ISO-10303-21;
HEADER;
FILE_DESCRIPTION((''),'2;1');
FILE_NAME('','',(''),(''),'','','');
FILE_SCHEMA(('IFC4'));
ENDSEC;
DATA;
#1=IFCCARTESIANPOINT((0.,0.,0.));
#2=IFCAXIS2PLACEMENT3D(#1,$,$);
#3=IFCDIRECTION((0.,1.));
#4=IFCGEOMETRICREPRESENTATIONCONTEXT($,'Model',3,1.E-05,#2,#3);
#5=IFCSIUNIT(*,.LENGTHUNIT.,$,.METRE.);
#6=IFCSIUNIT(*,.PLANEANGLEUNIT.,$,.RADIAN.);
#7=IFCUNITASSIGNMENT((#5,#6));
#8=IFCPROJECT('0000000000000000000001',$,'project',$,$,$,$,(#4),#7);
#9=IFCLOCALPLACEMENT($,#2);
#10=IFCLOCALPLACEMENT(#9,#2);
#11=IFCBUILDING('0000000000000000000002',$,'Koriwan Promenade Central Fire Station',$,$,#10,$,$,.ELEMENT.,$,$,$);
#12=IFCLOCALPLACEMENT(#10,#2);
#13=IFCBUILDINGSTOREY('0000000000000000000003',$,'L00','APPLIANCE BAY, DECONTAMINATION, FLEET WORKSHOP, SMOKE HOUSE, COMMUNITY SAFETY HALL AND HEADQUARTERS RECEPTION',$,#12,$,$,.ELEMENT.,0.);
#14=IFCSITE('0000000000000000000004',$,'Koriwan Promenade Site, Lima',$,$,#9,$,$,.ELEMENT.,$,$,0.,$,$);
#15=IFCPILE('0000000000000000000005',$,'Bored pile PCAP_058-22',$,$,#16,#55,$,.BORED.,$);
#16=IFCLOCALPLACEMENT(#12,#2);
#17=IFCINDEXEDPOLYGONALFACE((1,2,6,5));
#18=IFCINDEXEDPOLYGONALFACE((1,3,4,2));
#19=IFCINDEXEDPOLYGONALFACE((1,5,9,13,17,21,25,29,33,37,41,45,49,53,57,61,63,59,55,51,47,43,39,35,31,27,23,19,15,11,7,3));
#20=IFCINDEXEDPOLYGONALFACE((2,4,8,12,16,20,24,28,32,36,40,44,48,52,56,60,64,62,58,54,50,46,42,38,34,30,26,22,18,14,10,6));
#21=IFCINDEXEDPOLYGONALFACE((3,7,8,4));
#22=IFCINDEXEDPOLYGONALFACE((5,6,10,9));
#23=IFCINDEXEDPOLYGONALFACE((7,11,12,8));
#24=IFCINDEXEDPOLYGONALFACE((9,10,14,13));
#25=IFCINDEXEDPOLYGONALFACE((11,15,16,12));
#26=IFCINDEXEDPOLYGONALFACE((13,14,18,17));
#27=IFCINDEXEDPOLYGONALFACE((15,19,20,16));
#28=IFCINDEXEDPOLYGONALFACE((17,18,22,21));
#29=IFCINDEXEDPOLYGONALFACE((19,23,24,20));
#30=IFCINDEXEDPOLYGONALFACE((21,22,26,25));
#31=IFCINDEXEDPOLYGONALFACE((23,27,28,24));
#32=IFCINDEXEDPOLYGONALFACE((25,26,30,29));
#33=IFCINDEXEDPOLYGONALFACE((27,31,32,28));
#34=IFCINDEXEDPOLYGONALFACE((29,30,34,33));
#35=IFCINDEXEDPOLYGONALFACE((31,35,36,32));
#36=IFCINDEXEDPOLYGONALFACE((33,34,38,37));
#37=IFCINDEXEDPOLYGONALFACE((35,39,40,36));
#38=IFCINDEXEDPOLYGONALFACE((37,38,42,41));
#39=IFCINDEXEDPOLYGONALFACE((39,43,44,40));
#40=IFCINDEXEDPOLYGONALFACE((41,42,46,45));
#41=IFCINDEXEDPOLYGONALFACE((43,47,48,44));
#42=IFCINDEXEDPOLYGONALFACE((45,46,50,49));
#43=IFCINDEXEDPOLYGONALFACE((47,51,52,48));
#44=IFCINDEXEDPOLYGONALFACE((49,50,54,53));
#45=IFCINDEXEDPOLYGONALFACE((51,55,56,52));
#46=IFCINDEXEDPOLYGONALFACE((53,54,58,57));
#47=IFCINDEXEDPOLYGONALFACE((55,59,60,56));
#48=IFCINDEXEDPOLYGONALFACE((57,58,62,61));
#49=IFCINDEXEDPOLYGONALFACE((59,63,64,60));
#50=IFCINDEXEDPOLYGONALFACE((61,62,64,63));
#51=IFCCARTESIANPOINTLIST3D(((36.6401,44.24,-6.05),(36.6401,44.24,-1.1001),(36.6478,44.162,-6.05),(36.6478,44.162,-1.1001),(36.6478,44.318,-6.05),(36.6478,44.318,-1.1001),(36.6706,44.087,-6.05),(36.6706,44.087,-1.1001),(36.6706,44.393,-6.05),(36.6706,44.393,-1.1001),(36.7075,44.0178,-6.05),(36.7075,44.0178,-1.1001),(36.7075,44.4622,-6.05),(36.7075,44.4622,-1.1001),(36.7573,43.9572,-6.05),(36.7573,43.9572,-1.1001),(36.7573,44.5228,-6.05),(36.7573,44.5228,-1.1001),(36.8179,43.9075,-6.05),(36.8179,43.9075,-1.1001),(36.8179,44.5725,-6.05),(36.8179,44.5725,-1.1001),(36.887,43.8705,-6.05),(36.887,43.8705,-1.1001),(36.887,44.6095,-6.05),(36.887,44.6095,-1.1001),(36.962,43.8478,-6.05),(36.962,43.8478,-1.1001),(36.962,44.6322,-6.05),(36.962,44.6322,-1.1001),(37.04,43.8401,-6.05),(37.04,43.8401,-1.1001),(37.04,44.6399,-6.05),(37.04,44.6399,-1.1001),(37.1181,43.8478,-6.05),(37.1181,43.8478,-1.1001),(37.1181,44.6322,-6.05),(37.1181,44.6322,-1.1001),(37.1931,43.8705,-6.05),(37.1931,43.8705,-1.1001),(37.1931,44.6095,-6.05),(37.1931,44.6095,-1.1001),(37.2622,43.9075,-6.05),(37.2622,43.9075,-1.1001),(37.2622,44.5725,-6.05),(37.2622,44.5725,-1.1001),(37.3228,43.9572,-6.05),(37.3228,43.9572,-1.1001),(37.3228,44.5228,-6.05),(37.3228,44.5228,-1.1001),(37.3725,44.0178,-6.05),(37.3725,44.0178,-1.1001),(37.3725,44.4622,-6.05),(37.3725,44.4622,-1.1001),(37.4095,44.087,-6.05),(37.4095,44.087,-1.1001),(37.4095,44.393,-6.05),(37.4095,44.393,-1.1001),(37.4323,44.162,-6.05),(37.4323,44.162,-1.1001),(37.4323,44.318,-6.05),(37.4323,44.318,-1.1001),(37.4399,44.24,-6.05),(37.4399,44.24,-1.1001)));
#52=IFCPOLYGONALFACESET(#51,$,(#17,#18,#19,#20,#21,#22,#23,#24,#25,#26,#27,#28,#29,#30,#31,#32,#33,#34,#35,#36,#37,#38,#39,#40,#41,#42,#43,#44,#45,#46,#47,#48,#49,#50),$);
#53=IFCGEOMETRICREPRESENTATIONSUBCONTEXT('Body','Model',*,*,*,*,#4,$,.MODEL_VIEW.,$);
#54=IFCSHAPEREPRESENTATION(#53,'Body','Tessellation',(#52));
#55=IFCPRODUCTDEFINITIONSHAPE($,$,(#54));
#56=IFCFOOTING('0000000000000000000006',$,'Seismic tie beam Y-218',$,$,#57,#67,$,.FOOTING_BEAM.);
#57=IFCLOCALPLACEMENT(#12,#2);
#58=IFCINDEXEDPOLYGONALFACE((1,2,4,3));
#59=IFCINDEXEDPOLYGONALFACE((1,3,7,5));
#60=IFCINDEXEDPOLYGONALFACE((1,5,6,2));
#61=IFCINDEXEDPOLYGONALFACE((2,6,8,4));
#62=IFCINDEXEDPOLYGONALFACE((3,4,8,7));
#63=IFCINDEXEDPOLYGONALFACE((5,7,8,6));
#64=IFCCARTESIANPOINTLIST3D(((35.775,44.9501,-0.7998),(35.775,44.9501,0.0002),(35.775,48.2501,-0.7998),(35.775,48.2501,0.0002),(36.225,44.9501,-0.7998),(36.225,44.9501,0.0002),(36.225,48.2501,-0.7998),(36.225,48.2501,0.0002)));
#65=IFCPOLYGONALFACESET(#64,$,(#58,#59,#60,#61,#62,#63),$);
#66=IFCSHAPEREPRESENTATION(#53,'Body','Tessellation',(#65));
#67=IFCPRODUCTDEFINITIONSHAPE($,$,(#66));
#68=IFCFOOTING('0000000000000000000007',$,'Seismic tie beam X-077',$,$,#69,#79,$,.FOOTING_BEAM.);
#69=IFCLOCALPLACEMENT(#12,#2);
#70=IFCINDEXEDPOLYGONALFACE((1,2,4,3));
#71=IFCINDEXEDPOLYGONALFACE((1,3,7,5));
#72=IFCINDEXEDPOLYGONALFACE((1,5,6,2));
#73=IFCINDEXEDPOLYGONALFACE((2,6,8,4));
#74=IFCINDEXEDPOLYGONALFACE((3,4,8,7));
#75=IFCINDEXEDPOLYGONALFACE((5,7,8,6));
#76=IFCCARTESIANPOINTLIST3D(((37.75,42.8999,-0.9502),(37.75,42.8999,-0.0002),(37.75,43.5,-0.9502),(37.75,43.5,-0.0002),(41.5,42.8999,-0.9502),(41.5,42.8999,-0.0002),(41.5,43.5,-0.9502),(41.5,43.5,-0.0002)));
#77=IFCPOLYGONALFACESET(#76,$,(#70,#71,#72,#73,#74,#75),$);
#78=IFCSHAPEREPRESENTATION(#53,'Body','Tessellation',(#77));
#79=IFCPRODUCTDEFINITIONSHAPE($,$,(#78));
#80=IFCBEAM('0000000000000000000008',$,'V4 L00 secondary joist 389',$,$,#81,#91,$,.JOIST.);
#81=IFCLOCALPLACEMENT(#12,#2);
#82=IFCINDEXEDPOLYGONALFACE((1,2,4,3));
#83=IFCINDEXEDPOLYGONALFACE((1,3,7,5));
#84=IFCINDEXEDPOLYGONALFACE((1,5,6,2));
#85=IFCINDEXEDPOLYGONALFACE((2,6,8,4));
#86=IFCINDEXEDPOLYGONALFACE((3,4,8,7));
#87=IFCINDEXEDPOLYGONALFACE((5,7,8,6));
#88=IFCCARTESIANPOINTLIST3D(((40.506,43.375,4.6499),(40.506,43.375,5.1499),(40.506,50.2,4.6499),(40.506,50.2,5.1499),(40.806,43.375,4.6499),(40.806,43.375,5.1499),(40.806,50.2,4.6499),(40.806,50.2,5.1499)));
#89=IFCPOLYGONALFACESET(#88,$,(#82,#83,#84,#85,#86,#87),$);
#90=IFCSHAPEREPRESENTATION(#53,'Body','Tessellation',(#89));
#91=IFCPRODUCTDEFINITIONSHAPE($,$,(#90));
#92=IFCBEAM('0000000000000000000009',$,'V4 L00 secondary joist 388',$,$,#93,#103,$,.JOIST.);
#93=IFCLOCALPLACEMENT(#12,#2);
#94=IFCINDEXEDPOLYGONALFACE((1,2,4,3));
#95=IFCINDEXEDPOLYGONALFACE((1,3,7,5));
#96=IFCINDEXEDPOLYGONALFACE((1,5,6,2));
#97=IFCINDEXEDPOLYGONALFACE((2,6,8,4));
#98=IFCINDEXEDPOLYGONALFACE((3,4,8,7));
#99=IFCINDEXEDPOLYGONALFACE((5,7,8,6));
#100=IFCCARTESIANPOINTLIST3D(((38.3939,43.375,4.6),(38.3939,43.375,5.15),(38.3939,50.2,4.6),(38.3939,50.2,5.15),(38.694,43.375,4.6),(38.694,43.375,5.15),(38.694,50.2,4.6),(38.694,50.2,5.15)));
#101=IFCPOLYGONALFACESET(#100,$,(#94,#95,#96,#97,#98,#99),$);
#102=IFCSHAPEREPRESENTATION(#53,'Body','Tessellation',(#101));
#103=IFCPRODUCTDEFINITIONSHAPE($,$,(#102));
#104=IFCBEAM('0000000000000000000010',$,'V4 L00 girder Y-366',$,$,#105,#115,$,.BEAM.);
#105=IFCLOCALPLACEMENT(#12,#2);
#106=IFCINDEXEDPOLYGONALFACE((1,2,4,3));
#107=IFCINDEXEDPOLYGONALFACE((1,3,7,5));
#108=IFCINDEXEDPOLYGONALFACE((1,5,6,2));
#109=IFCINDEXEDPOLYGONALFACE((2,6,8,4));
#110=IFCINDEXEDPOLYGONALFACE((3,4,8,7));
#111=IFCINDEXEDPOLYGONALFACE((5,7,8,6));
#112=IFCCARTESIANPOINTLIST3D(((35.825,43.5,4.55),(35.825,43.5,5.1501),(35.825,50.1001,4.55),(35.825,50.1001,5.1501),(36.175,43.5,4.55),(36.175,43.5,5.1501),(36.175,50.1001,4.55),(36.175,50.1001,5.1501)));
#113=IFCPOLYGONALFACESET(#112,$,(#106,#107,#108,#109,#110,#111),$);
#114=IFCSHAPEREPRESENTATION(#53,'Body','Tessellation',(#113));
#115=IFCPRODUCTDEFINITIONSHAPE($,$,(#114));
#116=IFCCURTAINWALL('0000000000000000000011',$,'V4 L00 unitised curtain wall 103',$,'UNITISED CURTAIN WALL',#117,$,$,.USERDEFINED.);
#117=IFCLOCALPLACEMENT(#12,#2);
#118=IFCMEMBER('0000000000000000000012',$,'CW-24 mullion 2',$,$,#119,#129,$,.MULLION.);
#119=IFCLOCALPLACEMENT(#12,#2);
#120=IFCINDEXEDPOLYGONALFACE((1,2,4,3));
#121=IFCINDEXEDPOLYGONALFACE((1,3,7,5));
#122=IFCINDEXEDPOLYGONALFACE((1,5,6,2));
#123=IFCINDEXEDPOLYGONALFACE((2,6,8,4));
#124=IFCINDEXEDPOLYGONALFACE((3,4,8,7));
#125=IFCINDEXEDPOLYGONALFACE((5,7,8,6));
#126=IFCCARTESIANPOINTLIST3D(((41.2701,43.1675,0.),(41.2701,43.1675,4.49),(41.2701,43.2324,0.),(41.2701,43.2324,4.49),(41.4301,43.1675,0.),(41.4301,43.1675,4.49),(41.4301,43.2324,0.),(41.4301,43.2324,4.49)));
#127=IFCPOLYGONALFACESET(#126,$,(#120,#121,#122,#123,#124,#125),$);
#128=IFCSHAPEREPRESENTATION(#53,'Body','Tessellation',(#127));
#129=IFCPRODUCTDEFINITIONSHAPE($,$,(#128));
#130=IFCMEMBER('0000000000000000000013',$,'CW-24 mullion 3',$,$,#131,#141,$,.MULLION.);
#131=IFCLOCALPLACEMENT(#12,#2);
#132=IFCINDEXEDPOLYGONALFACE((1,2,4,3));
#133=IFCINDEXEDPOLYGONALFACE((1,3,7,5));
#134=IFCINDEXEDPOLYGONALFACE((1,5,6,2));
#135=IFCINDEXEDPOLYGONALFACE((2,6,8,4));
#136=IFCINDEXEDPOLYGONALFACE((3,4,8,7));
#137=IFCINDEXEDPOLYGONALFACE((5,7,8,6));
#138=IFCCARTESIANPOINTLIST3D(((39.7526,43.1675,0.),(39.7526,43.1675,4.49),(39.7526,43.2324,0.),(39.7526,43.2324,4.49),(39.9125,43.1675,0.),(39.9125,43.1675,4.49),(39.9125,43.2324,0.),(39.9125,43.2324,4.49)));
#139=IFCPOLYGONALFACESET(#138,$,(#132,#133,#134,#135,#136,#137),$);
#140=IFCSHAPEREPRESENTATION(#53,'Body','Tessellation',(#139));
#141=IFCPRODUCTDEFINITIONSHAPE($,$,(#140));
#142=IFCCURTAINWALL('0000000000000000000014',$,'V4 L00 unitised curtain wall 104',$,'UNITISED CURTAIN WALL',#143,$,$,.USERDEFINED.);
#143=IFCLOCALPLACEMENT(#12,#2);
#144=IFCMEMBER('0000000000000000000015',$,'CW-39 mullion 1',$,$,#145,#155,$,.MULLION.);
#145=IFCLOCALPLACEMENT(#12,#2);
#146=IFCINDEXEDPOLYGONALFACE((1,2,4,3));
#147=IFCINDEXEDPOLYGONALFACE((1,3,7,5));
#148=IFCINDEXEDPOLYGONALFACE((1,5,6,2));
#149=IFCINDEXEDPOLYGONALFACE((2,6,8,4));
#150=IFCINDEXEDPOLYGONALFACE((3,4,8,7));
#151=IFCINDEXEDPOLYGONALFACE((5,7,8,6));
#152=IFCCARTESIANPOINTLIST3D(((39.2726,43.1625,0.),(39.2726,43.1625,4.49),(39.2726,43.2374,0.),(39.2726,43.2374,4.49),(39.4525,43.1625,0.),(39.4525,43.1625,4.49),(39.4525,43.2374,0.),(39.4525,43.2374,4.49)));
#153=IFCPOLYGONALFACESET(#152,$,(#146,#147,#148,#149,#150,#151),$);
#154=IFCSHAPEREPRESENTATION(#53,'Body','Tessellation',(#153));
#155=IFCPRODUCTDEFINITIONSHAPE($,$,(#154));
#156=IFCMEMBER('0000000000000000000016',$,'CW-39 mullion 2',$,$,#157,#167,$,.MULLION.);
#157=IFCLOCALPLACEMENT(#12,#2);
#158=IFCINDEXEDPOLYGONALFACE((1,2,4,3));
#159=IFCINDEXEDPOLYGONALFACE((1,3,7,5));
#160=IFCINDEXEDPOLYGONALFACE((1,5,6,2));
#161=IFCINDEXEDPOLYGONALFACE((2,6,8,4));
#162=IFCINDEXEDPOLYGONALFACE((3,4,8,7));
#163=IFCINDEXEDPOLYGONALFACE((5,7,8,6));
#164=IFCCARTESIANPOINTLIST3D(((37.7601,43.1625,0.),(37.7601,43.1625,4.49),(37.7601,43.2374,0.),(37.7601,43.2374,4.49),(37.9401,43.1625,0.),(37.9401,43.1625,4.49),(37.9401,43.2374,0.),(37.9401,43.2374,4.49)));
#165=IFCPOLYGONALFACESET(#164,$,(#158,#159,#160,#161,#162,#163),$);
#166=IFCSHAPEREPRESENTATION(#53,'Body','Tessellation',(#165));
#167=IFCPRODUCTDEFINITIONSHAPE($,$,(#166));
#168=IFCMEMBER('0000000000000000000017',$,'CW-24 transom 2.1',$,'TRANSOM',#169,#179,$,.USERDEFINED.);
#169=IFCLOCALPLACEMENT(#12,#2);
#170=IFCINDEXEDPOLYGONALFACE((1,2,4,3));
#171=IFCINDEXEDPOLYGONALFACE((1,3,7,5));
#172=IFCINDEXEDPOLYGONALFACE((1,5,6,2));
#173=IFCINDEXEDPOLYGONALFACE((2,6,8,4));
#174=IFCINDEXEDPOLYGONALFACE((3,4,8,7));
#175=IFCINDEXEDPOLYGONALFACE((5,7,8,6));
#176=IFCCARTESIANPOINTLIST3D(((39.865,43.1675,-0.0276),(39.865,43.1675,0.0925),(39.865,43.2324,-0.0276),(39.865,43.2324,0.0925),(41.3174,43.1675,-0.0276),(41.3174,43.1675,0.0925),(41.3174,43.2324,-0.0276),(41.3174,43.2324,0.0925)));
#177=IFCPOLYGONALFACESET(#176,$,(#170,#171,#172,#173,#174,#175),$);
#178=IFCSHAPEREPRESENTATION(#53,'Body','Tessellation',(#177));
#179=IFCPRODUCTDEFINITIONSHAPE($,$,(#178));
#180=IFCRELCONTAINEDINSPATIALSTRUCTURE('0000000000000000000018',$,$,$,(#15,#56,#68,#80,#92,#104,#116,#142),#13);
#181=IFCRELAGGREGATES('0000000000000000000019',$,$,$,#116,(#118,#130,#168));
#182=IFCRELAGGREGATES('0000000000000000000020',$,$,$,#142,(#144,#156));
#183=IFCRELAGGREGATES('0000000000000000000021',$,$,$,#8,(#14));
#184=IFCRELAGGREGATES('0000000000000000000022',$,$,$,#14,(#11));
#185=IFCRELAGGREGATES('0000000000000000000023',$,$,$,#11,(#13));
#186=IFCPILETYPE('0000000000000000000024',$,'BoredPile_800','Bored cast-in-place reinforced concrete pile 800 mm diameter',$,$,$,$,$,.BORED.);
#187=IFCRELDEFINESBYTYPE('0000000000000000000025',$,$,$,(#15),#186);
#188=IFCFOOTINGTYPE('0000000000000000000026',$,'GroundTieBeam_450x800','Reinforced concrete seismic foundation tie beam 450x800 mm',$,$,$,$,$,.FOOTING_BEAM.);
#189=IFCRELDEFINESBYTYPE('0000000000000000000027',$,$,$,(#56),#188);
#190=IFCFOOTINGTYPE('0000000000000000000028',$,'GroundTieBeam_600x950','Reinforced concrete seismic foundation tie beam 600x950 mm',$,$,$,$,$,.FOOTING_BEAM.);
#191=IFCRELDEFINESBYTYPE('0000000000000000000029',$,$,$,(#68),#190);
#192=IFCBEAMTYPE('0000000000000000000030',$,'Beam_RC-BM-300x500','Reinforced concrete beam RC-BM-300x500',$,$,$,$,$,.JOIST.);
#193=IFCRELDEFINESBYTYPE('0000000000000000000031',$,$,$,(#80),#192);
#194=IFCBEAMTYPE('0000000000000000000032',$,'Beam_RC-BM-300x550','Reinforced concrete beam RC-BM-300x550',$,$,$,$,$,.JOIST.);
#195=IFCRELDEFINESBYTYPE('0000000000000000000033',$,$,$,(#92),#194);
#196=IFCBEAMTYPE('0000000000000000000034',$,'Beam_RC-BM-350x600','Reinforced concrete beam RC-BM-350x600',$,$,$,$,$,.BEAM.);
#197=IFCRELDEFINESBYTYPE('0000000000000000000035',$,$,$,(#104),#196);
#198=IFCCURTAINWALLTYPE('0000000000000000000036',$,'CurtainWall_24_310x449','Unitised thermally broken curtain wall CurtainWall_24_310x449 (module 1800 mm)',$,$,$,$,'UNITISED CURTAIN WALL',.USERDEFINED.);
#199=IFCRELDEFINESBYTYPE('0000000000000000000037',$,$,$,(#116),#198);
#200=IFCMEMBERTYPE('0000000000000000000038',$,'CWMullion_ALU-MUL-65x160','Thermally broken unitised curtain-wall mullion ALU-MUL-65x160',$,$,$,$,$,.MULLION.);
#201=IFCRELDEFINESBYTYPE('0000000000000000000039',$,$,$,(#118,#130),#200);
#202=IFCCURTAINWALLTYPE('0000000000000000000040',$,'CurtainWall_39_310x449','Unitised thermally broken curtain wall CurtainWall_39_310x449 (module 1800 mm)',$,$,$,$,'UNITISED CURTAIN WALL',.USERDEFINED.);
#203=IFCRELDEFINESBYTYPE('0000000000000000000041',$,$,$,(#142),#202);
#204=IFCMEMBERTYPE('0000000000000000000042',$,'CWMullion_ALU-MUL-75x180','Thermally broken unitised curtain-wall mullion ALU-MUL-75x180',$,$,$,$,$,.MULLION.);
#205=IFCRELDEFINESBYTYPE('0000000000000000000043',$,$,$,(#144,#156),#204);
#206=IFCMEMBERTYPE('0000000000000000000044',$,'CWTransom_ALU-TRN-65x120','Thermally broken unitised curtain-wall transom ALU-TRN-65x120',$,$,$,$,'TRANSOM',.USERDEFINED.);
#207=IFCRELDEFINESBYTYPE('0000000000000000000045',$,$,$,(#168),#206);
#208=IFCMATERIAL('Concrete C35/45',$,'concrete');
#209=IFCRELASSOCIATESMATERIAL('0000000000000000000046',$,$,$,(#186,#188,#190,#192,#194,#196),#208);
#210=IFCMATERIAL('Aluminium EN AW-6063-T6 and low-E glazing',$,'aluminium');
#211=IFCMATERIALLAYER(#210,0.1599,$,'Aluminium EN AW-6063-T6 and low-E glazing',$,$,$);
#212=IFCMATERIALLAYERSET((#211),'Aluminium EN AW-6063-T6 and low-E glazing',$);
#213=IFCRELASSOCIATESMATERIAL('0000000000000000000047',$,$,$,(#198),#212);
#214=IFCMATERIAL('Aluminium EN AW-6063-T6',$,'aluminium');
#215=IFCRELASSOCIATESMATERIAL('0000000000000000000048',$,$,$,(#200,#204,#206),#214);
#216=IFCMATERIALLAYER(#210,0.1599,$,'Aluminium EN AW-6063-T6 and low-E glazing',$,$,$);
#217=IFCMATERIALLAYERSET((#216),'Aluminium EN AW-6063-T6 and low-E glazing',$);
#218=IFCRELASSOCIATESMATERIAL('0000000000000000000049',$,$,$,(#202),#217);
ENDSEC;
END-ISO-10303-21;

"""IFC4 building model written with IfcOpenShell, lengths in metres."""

from ifc_helpers import new_model, si_unit, direction, frame, origin, origin_2d, place, context, subcontext, project, spatial, rectangle, circle, extrude, material, layer, layer_set, material_profile, profile_set, type_object, element, aggregate, save


model = new_model("IFC4")

# Units and contexts
model_context = context("Model", 3, precision=1e-05, world=origin(), true_north=direction((0.0, 1.0)))
body_context = subcontext(model_context, "Body", "Model", "MODEL_VIEW")
ifc_project = project(units=[si_unit("LENGTHUNIT", "METRE"), si_unit("PLANEANGLEUNIT", "RADIAN")], contexts=[model_context])

# Site, building, storey
site_placement = place(None, origin())
site = spatial("IfcSite", under=ifc_project, at=site_placement, Name="Koriwan Promenade Site, Lima", CompositionType="ELEMENT", RefElevation=0.0)
building_placement = place(site_placement, origin())
building = spatial("IfcBuilding", under=site, at=building_placement, Name="Koriwan Promenade Central Fire Station", CompositionType="ELEMENT")
storey_placement = place(building_placement, origin())
storey = spatial("IfcBuildingStorey", under=building, at=storey_placement, Name="L00", Description="APPLIANCE BAY, DECONTAMINATION, FLEET WORKSHOP, SMOKE HOUSE, COMMUNITY SAFETY HALL AND HEADQUARTERS RECEPTION", CompositionType="ELEMENT", Elevation=0.0)

# Pile
ifc_material_1 = material(Name="Concrete C35/45", Category="concrete")
ifc_material_profile_1 = material_profile(ifc_material_1, circle(Radius=0.3999, at=origin_2d()), Name="PILE-D800")
ifc_profile_set_1 = profile_set([ifc_material_profile_1], Name="Concrete C35/45")
pile_type = type_object("IfcPileType", Name="BoredPile_800", Description="Bored cast-in-place reinforced concrete pile 800 mm diameter", PredefinedType="BORED", material=ifc_profile_set_1)
pile_placement = place(storey_placement, frame((37.04, 44.24, -1.1001), z_axis=(0.0, 0.0, -1.0), x_axis=(1.0, 0.0, 0.0)))
element("IfcPile", 1, at=pile_placement, inside=storey, type_object=pile_type, Name="Bored pile PCAP_058-22", PredefinedType="BORED", context=body_context, shape_type="SweptSolid", body=[
    extrude(circle(Radius=0.3999, at=origin_2d()), origin(), (0.0, 0.0, 1.0), 4.95),
])

# Footings
footing_type_1 = type_object("IfcFootingType", Name="GroundTieBeam_450x800", Description="Reinforced concrete seismic foundation tie beam 450x800 mm", PredefinedType="FOOTING_BEAM", material=ifc_material_1)
footing_1_placement = place(storey_placement, frame((36.0, 46.6001, -0.7998), z_axis=(0.0, 0.0, 1.0), x_axis=(0.0, 1.0, 0.0)))
element("IfcFooting", 2, at=footing_1_placement, inside=storey, type_object=footing_type_1, Name="Seismic tie beam Y-218", PredefinedType="FOOTING_BEAM", context=body_context, shape_type="SweptSolid", body=[
    extrude(rectangle(XDim=3.3, YDim=0.45, at=origin_2d()), origin(), (0.0, 0.0, 1.0), 0.8),
])
footing_type_2 = type_object("IfcFootingType", Name="GroundTieBeam_600x950", Description="Reinforced concrete seismic foundation tie beam 600x950 mm", PredefinedType="FOOTING_BEAM", material=ifc_material_1)
footing_2_placement = place(storey_placement, frame((39.625, 43.2, -0.9502), z_axis=(0.0, 0.0, 1.0), x_axis=(1.0, 0.0, 0.0)))
element("IfcFooting", 3, at=footing_2_placement, inside=storey, type_object=footing_type_2, Name="Seismic tie beam X-077", PredefinedType="FOOTING_BEAM", context=body_context, shape_type="SweptSolid", body=[
    extrude(rectangle(XDim=3.75, YDim=0.6001, at=origin_2d()), origin(), (0.0, 0.0, 1.0), 0.95),
])

# Beams
ifc_material_profile_2 = material_profile(ifc_material_1, rectangle(XDim=0.3, YDim=0.5, at=origin_2d()), Name="RC-BM-300x500")
ifc_profile_set_2 = profile_set([ifc_material_profile_2], Name="Concrete C35/45")
beam_type_1 = type_object("IfcBeamType", Name="Beam_RC-BM-300x500", Description="Reinforced concrete beam RC-BM-300x500", PredefinedType="JOIST", material=ifc_profile_set_2)
beam_1_placement = place(storey_placement, frame((40.656, 43.375, 4.8999), z_axis=(0.0, 1.0, 0.0), x_axis=(-1.0, 0.0, 0.0)))
element("IfcBeam", 4, at=beam_1_placement, inside=storey, type_object=beam_type_1, Name="V4 L00 secondary joist 389", PredefinedType="JOIST", context=body_context, shape_type="SweptSolid", body=[
    extrude(rectangle(XDim=0.3, YDim=0.5, at=origin_2d()), origin(), (0.0, 0.0, 1.0), 6.825),
])
ifc_material_profile_3 = material_profile(ifc_material_1, rectangle(XDim=0.3, YDim=0.55, at=origin_2d()), Name="RC-BM-300x550")
ifc_profile_set_3 = profile_set([ifc_material_profile_3], Name="Concrete C35/45")
beam_type_2 = type_object("IfcBeamType", Name="Beam_RC-BM-300x550", Description="Reinforced concrete beam RC-BM-300x550", PredefinedType="JOIST", material=ifc_profile_set_3)
beam_2_placement = place(storey_placement, frame((38.5439, 43.375, 4.875), z_axis=(0.0, 1.0, 0.0), x_axis=(-1.0, 0.0, 0.0)))
element("IfcBeam", 5, at=beam_2_placement, inside=storey, type_object=beam_type_2, Name="V4 L00 secondary joist 388", PredefinedType="JOIST", context=body_context, shape_type="SweptSolid", body=[
    extrude(rectangle(XDim=0.3, YDim=0.55, at=origin_2d()), origin(), (0.0, 0.0, 1.0), 6.825),
])
ifc_material_profile_4 = material_profile(ifc_material_1, rectangle(XDim=0.3501, YDim=0.6001, at=origin_2d()), Name="RC-BM-350x600")
ifc_profile_set_4 = profile_set([ifc_material_profile_4], Name="Concrete C35/45")
beam_type_3 = type_object("IfcBeamType", Name="Beam_RC-BM-350x600", Description="Reinforced concrete beam RC-BM-350x600", PredefinedType="BEAM", material=ifc_profile_set_4)
beam_3_placement = place(storey_placement, frame((36.0, 43.5, 4.8501), z_axis=(0.0, 1.0, 0.0), x_axis=(-1.0, 0.0, 0.0)))
element("IfcBeam", 6, at=beam_3_placement, inside=storey, type_object=beam_type_3, Name="V4 L00 girder Y-366", PredefinedType="BEAM", context=body_context, shape_type="SweptSolid", body=[
    extrude(rectangle(XDim=0.3501, YDim=0.6001, at=origin_2d()), origin(), (0.0, 0.0, 1.0), 6.6001),
])

# Curtain walls, members
ifc_material_2 = material(Name="Aluminium EN AW-6063-T6 and low-E glazing", Category="aluminium")
ifc_layer_1 = layer(ifc_material_2, 0.1599, Name="Aluminium EN AW-6063-T6 and low-E glazing")
ifc_layer_set_1 = layer_set([ifc_layer_1], Name="Aluminium EN AW-6063-T6 and low-E glazing")
curtain_wall_type_1 = type_object("IfcCurtainWallType", Name="CurtainWall_24_310x449", Description="Unitised thermally broken curtain wall CurtainWall_24_310x449 (module 1800 mm)", ElementType="UNITISED CURTAIN WALL", PredefinedType="USERDEFINED", material=ifc_layer_set_1)
curtain_wall_1_placement = place(storey_placement, origin())
curtain_wall_1 = element("IfcCurtainWall", 7, at=curtain_wall_1_placement, inside=storey, type_object=curtain_wall_type_1, Name="V4 L00 unitised curtain wall 103", ObjectType="UNITISED CURTAIN WALL", PredefinedType="USERDEFINED")
ifc_material_3 = material(Name="Aluminium EN AW-6063-T6", Category="aluminium")
ifc_material_profile_5 = material_profile(ifc_material_3, rectangle(XDim=0.0649, YDim=0.1599, at=origin_2d()), Name="ALU-MUL-65x160")
ifc_profile_set_5 = profile_set([ifc_material_profile_5], Name="Aluminium EN AW-6063-T6")
member_type_1 = type_object("IfcMemberType", Name="CWMullion_ALU-MUL-65x160", Description="Thermally broken unitised curtain-wall mullion ALU-MUL-65x160", PredefinedType="MULLION", material=ifc_profile_set_5)
member_1_placement = place(storey_placement, frame((41.3501, 43.2, 0.0), z_axis=(0.0, 0.0, 1.0), x_axis=(0.0, -1.0, 0.0)))
member_1 = element("IfcMember", 8, at=member_1_placement, type_object=member_type_1, Name="CW-24 mullion 2", PredefinedType="MULLION", context=body_context, shape_type="SweptSolid", body=[
    extrude(rectangle(XDim=0.0649, YDim=0.1599, at=origin_2d()), origin(), (0.0, 0.0, 1.0), 4.49),
])
member_2_placement = place(storey_placement, frame((39.8325, 43.2, 0.0), z_axis=(0.0, 0.0, 1.0), x_axis=(0.0, -1.0, 0.0)))
member_2 = element("IfcMember", 9, at=member_2_placement, type_object=member_type_1, Name="CW-24 mullion 3", PredefinedType="MULLION", context=body_context, shape_type="SweptSolid", body=[
    extrude(rectangle(XDim=0.0649, YDim=0.1599, at=origin_2d()), origin(), (0.0, 0.0, 1.0), 4.49),
])
ifc_layer_2 = layer(ifc_material_2, 0.1599, Name="Aluminium EN AW-6063-T6 and low-E glazing")
ifc_layer_set_2 = layer_set([ifc_layer_2], Name="Aluminium EN AW-6063-T6 and low-E glazing")
curtain_wall_type_2 = type_object("IfcCurtainWallType", Name="CurtainWall_39_310x449", Description="Unitised thermally broken curtain wall CurtainWall_39_310x449 (module 1800 mm)", ElementType="UNITISED CURTAIN WALL", PredefinedType="USERDEFINED", material=ifc_layer_set_2)
curtain_wall_2_placement = place(storey_placement, origin())
curtain_wall_2 = element("IfcCurtainWall", 10, at=curtain_wall_2_placement, inside=storey, type_object=curtain_wall_type_2, Name="V4 L00 unitised curtain wall 104", ObjectType="UNITISED CURTAIN WALL", PredefinedType="USERDEFINED")
ifc_material_profile_6 = material_profile(ifc_material_3, rectangle(XDim=0.075, YDim=0.1799, at=origin_2d()), Name="ALU-MUL-75x180")
ifc_profile_set_6 = profile_set([ifc_material_profile_6], Name="Aluminium EN AW-6063-T6")
member_type_2 = type_object("IfcMemberType", Name="CWMullion_ALU-MUL-75x180", Description="Thermally broken unitised curtain-wall mullion ALU-MUL-75x180", PredefinedType="MULLION", material=ifc_profile_set_6)
member_3_placement = place(storey_placement, frame((39.3625, 43.2, 0.0), z_axis=(0.0, 0.0, 1.0), x_axis=(0.0, -1.0, 0.0)))
member_3 = element("IfcMember", 11, at=member_3_placement, type_object=member_type_2, Name="CW-39 mullion 1", PredefinedType="MULLION", context=body_context, shape_type="SweptSolid", body=[
    extrude(rectangle(XDim=0.075, YDim=0.1799, at=origin_2d()), origin(), (0.0, 0.0, 1.0), 4.49),
])
member_4_placement = place(storey_placement, frame((37.8501, 43.2, 0.0), z_axis=(0.0, 0.0, 1.0), x_axis=(0.0, -1.0, 0.0)))
member_4 = element("IfcMember", 12, at=member_4_placement, type_object=member_type_2, Name="CW-39 mullion 2", PredefinedType="MULLION", context=body_context, shape_type="SweptSolid", body=[
    extrude(rectangle(XDim=0.075, YDim=0.1799, at=origin_2d()), origin(), (0.0, 0.0, 1.0), 4.49),
])

# Member
ifc_material_profile_7 = material_profile(ifc_material_3, rectangle(XDim=0.0649, YDim=0.1201, at=origin_2d()), Name="ALU-TRN-65x120")
ifc_profile_set_7 = profile_set([ifc_material_profile_7], Name="Aluminium EN AW-6063-T6")
member_type_3 = type_object("IfcMemberType", Name="CWTransom_ALU-TRN-65x120", Description="Thermally broken unitised curtain-wall transom ALU-TRN-65x120", ElementType="TRANSOM", PredefinedType="USERDEFINED", material=ifc_profile_set_7)
member_5_placement = place(storey_placement, frame((41.3174, 43.2, 0.0325), z_axis=(-1.0, 0.0, 0.0), x_axis=(0.0, -1.0, 0.0)))
member_5 = element("IfcMember", 13, at=member_5_placement, type_object=member_type_3, Name="CW-24 transom 2.1", ObjectType="TRANSOM", PredefinedType="USERDEFINED", context=body_context, shape_type="SweptSolid", body=[
    extrude(rectangle(XDim=0.0649, YDim=0.1201, at=origin_2d()), origin(), (0.0, 0.0, 1.0), 1.4524),
])

aggregate(curtain_wall_1, [member_1, member_2, member_5])
aggregate(curtain_wall_2, [member_3, member_4])

save(model, "model.ifc")
